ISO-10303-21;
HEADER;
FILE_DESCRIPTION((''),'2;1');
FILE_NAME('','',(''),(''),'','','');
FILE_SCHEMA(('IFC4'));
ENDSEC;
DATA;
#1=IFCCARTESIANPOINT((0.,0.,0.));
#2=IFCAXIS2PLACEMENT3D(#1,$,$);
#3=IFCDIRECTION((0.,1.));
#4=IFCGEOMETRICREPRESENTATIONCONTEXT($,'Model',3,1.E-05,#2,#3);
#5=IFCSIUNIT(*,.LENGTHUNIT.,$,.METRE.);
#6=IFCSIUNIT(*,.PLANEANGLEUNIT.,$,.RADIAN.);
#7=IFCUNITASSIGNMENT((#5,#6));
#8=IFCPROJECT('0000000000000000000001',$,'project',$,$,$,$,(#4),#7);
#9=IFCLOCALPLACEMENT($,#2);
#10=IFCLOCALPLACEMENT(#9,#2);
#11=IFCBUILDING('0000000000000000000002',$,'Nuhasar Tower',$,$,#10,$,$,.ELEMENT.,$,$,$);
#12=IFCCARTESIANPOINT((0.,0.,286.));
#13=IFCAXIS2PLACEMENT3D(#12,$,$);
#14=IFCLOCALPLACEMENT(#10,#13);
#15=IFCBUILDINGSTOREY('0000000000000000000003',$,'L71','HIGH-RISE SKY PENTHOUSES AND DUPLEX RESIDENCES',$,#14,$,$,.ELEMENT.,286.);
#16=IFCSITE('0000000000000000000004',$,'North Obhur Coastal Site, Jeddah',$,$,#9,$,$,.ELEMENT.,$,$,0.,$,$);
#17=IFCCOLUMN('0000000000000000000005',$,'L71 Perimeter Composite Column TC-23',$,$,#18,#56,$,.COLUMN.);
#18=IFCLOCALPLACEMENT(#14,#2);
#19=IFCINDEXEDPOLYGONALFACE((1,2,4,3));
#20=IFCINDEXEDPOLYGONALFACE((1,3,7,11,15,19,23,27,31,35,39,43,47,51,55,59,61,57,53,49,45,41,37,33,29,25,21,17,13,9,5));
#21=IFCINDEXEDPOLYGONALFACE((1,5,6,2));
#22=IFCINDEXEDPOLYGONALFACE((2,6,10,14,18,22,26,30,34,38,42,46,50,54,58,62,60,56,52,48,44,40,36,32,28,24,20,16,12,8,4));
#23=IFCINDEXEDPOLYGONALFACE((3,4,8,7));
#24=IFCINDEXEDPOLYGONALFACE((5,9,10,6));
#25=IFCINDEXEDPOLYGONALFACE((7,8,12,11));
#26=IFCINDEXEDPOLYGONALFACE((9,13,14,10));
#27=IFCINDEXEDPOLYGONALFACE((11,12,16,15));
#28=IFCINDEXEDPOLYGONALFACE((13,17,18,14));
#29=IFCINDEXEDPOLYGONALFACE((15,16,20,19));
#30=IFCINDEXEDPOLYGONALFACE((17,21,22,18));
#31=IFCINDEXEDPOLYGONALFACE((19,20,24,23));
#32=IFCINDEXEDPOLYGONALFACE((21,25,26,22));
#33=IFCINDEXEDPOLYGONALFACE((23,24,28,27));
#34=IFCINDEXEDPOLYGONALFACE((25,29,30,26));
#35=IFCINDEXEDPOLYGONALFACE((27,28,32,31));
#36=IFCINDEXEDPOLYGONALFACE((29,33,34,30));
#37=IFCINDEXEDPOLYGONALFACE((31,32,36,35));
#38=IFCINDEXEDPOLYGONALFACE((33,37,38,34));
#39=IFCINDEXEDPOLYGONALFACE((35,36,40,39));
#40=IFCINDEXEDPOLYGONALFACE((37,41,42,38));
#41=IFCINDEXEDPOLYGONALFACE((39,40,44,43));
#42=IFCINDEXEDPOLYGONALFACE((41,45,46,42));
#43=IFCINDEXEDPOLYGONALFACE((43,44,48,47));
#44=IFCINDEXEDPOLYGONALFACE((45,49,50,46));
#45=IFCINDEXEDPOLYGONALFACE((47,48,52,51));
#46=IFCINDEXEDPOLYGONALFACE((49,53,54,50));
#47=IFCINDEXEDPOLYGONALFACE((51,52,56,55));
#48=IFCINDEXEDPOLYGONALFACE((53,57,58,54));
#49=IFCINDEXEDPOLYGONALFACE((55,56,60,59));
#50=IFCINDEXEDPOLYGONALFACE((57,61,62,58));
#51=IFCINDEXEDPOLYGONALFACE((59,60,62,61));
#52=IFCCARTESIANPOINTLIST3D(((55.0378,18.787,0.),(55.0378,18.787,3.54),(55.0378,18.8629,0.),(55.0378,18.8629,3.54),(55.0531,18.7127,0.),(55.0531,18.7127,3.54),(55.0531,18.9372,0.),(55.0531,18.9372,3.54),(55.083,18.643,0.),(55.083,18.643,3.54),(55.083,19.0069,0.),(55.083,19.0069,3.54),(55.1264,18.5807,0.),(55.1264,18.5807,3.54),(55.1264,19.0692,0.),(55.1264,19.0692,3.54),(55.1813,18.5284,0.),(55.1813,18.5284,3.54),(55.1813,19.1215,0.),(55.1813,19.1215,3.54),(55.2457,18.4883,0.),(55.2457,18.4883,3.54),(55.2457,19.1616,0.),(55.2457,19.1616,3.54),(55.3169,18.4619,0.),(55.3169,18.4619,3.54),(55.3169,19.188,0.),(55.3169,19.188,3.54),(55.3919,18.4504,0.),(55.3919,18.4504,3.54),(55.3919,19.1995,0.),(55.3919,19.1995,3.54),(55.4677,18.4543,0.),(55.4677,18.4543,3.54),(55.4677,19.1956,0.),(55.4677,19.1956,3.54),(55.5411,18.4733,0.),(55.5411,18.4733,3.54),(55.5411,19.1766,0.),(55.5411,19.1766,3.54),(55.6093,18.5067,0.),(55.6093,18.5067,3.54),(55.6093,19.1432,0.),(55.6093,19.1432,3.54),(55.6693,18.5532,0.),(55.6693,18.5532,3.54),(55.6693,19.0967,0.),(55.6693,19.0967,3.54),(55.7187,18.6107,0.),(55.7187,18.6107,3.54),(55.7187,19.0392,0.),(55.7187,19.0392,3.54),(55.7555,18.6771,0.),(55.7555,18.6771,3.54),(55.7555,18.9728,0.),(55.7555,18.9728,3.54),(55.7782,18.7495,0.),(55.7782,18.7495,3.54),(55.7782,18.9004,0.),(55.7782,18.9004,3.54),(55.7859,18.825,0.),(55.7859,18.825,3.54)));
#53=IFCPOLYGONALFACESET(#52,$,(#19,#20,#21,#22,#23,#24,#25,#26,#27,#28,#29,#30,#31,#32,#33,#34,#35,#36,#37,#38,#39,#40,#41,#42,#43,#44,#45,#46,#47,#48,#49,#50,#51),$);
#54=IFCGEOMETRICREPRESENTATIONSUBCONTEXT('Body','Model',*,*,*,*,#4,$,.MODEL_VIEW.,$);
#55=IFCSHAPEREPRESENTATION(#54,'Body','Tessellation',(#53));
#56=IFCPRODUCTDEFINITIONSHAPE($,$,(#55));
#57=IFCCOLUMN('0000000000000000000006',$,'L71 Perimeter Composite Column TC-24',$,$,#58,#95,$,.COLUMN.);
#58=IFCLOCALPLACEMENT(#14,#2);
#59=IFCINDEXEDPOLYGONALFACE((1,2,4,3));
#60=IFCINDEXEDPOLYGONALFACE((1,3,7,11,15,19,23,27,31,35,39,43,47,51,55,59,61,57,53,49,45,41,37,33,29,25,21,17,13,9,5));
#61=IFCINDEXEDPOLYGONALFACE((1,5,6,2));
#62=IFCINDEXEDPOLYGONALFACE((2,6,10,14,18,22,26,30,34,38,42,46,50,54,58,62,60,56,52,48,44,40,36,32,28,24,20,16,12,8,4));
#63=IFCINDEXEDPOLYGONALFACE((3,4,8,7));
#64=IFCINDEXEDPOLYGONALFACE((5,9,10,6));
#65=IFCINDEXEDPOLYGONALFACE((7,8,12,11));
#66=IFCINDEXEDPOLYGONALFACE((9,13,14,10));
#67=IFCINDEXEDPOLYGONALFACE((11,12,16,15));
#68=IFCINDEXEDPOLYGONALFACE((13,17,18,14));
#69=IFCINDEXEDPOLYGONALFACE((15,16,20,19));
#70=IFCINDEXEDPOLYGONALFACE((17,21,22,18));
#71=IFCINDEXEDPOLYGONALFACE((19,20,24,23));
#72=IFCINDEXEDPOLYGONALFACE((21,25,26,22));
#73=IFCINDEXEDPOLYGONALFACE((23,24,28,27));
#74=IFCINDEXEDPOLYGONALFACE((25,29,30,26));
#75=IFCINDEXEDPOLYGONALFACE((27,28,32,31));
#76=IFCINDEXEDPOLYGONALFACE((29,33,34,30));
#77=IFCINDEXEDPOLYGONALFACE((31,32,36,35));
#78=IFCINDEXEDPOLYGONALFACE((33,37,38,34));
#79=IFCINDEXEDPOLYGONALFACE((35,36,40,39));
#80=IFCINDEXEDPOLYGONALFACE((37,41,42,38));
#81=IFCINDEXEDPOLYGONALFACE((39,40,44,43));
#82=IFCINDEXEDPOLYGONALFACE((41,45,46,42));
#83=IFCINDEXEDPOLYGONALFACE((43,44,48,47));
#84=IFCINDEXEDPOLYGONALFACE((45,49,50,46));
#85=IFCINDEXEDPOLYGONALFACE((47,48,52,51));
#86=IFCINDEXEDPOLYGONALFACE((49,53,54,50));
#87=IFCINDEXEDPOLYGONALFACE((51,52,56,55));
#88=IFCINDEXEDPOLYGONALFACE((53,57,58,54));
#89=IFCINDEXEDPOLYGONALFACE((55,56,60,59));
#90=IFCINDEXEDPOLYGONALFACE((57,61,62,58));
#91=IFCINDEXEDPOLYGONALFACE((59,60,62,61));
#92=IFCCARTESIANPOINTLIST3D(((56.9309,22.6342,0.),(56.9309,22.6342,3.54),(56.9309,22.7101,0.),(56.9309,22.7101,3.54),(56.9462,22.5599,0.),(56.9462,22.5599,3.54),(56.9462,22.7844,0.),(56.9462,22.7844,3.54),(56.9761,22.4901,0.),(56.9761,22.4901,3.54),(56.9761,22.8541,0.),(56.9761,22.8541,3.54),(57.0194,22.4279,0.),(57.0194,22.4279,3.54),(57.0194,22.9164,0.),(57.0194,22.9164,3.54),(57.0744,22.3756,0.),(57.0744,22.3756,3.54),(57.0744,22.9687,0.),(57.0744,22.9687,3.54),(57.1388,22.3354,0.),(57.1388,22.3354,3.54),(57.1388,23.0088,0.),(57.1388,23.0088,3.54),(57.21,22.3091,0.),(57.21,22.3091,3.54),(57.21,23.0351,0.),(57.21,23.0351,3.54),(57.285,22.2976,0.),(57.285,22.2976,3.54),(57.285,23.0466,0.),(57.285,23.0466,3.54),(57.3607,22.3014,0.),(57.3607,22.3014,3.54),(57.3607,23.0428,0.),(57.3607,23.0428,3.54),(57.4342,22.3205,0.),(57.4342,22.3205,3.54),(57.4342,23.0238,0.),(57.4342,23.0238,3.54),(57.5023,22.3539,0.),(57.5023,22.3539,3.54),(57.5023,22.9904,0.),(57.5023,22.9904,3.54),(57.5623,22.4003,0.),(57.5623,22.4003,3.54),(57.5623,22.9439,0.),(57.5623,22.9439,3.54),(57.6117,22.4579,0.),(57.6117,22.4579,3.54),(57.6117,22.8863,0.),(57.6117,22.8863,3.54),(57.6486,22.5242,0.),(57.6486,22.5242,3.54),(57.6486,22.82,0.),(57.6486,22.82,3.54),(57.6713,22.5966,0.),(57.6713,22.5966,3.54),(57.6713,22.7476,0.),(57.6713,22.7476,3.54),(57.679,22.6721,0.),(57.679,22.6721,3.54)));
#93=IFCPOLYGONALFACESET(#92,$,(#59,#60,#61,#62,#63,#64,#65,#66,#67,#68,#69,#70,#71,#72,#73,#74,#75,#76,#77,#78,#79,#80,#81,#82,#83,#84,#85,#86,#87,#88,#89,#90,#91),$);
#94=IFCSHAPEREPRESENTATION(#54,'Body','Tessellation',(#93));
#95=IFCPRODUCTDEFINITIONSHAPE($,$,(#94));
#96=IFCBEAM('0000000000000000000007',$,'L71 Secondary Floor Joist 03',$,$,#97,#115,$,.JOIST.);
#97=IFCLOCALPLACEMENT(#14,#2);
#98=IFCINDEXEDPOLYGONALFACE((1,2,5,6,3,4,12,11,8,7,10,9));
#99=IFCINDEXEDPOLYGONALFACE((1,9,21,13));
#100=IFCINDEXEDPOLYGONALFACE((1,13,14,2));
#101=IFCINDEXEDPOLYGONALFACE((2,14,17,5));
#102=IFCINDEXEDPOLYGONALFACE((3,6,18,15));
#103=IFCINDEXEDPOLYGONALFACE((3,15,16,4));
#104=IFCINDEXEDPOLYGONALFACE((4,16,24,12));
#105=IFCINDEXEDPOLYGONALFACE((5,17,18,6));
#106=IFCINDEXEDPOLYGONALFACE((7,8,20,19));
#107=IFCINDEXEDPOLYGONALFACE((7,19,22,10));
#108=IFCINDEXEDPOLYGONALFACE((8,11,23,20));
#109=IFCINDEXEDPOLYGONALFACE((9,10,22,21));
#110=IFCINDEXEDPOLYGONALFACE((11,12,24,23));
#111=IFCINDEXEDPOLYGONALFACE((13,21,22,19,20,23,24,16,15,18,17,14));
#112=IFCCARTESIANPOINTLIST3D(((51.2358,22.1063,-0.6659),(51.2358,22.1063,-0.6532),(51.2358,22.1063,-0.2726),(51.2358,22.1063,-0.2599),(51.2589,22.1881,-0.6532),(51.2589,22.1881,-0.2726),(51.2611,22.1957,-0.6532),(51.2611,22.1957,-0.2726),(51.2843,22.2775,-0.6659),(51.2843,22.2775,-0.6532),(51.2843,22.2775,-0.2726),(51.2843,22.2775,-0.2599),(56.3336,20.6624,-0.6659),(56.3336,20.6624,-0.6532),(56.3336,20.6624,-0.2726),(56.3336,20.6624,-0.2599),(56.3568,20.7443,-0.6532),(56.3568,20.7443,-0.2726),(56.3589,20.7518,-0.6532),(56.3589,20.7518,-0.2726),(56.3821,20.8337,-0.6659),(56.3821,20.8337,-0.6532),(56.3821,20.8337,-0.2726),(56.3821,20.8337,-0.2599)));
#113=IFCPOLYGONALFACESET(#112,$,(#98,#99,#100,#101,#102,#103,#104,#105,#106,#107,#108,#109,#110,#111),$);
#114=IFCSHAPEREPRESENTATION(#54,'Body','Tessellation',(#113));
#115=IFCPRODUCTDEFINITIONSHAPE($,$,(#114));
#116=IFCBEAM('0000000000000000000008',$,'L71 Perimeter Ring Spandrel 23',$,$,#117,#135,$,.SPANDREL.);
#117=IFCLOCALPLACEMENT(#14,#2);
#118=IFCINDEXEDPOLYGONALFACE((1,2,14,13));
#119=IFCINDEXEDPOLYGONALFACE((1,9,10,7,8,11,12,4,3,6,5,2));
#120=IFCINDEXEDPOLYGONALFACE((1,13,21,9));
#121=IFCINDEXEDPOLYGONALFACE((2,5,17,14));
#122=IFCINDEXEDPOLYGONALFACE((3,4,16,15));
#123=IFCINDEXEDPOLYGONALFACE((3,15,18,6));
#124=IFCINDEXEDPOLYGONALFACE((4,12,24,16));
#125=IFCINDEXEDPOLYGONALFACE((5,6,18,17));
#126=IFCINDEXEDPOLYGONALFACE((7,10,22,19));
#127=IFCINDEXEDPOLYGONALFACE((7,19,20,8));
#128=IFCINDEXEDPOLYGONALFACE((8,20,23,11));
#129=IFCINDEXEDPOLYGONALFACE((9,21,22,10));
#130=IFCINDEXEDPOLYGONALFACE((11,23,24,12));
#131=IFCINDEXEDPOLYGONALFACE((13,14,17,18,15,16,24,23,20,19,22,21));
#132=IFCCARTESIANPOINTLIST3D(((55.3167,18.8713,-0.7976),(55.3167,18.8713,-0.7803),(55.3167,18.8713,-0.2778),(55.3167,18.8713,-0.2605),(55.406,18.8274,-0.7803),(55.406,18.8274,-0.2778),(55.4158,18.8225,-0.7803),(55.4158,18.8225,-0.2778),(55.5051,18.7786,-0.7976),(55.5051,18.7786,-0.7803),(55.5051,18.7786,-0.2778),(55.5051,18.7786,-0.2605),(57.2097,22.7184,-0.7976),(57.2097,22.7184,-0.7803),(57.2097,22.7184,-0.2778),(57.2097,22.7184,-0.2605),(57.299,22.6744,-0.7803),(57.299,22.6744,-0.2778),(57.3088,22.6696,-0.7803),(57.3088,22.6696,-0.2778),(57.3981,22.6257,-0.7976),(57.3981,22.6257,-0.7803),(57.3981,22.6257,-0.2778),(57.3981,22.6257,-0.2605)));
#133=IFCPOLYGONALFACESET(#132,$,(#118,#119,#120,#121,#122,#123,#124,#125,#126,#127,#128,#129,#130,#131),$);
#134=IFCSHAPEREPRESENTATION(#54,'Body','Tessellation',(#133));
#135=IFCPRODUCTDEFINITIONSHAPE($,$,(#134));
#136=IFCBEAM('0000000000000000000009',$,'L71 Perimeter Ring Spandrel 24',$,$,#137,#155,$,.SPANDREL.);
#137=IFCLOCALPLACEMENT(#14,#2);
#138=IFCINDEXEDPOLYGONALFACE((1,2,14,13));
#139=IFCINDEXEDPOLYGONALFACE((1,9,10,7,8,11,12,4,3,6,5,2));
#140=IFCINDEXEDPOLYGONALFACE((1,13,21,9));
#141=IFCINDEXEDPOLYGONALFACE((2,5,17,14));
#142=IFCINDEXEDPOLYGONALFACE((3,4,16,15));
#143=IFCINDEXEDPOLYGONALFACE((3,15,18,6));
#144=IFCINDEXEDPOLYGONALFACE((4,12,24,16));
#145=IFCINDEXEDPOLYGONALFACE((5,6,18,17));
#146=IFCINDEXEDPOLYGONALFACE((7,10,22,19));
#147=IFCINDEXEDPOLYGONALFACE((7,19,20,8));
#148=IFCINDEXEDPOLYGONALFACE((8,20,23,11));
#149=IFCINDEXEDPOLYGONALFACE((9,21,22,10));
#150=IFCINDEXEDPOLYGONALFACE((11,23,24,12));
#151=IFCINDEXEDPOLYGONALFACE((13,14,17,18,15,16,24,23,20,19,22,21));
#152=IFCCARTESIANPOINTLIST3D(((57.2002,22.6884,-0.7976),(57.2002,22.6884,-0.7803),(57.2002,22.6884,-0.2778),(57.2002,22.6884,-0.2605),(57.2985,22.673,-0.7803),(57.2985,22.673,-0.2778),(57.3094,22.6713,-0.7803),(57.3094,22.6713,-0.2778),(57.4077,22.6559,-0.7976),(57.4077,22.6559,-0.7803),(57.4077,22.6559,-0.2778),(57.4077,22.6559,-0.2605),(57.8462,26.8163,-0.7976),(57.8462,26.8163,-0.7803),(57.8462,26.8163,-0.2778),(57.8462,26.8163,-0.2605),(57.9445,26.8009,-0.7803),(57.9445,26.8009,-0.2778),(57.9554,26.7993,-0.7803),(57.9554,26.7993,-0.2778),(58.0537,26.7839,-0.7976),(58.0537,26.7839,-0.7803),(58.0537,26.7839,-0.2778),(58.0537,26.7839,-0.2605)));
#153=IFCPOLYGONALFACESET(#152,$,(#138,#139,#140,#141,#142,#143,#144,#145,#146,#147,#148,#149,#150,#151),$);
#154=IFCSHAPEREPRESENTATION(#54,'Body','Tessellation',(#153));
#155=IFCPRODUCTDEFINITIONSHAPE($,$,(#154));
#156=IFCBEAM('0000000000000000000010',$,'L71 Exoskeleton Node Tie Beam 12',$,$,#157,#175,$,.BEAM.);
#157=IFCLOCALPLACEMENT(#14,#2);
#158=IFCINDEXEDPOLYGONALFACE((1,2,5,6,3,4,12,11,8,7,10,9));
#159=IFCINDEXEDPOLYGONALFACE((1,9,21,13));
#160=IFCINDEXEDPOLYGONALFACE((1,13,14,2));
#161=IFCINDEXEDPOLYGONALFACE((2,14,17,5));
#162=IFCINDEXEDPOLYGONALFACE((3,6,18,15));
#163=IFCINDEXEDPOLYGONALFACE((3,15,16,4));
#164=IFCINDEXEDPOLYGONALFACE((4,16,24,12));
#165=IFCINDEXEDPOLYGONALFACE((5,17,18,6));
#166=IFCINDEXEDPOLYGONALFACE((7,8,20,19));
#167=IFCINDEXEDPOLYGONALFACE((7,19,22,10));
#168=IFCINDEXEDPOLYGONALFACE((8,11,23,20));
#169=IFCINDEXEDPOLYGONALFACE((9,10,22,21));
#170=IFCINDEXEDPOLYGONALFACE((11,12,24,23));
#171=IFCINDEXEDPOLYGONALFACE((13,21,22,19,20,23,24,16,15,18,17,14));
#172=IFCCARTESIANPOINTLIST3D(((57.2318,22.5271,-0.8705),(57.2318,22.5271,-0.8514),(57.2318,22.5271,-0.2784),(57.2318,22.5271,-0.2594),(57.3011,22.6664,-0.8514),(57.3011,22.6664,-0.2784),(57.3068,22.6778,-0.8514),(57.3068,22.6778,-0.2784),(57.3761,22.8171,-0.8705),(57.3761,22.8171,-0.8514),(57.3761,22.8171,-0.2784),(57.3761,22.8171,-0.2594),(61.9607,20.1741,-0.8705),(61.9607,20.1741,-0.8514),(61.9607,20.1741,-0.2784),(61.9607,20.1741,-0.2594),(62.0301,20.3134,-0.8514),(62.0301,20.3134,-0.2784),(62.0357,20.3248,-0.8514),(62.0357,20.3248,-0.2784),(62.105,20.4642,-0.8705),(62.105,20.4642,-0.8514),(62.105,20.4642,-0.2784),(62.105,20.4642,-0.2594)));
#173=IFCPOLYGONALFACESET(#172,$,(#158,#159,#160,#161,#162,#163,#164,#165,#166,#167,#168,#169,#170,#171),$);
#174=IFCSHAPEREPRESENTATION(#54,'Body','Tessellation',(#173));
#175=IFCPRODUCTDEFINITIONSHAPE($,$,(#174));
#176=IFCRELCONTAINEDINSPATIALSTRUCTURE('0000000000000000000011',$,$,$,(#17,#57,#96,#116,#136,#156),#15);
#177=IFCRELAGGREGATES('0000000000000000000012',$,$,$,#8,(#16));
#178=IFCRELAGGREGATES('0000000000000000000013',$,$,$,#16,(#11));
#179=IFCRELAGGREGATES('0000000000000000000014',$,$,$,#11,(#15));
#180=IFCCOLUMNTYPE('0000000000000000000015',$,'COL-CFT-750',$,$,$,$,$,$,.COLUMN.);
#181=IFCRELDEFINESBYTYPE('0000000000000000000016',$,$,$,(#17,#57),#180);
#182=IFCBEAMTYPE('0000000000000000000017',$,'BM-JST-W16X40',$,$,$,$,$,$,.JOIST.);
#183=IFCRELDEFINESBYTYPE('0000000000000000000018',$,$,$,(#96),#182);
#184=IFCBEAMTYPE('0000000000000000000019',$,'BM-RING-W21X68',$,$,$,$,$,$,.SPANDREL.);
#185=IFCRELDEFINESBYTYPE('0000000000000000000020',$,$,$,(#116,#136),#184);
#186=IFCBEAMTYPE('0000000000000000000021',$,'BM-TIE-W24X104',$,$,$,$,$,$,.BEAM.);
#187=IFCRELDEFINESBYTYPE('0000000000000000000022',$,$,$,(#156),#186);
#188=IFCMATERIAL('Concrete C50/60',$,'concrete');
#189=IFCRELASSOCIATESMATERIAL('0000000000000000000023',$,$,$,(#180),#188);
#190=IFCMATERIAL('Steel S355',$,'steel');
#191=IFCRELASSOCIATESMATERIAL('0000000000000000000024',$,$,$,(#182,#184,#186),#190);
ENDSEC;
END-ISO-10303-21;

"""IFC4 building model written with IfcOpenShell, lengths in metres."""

from ifc_helpers import new_model, si_unit, direction, frame, origin, origin_2d, place, context, subcontext, project, spatial, circle, i_section, extrude, material, material_profile, profile_set, type_object, element, save


model = new_model("IFC4")

# Units and contexts
model_context = context("Model", 3, precision=1e-05, world=origin(), true_north=direction((0.0, 1.0)))
body_context = subcontext(model_context, "Body", "Model", "MODEL_VIEW")
ifc_project = project(units=[si_unit("LENGTHUNIT", "METRE"), si_unit("PLANEANGLEUNIT", "RADIAN")], contexts=[model_context])

# Site, building, storey
site_placement = place(None, origin())
site = spatial("IfcSite", under=ifc_project, at=site_placement, Name="North Obhur Coastal Site, Jeddah", CompositionType="ELEMENT", RefElevation=0.0)
building_placement = place(site_placement, origin())
building = spatial("IfcBuilding", under=site, at=building_placement, Name="Nuhasar Tower", CompositionType="ELEMENT")
storey_placement = place(building_placement, frame((0.0, 0.0, 286.0)))
storey = spatial("IfcBuildingStorey", under=building, at=storey_placement, Name="L71", Description="HIGH-RISE SKY PENTHOUSES AND DUPLEX RESIDENCES", CompositionType="ELEMENT", Elevation=286.0)

# Columns
ifc_material_1 = material(Name="Concrete C50/60", Category="concrete")
ifc_material_profile_1 = material_profile(ifc_material_1, circle(Radius=0.375, at=origin_2d()), Name="CFT750")
ifc_profile_set_1 = profile_set([ifc_material_profile_1], Name="Concrete C50/60")
column_type = type_object("IfcColumnType", Name="COL-CFT-750", PredefinedType="COLUMN", material=ifc_profile_set_1)
for number, where, z_axis, x_axis, name in (
    (1, (55.4109, 18.825, 0.0), (0.0, 0.0, 1.0), (1.0, 0.0, 0.0), "L71 Perimeter Composite Column TC-23"),
    (2, (57.304, 22.6721, 0.0), (0.0, 0.0, 1.0), (1.0, 0.0, 0.0), "L71 Perimeter Composite Column TC-24"),
):
    element("IfcColumn", number, at=place(storey_placement, frame(where, z_axis=z_axis, x_axis=x_axis)), inside=storey, type_object=column_type, Name=name, PredefinedType="COLUMN", context=body_context, shape_type="SweptSolid", body=[
        extrude(circle(Radius=0.375, at=origin_2d()), origin(), (0.0, 0.0, 1.0), 3.54),
    ])

# Beams
ifc_material_2 = material(Name="Steel S355", Category="steel")
ifc_material_profile_2 = material_profile(ifc_material_2, i_section(OverallWidth=0.178, OverallDepth=0.406, WebThickness=0.0078, FlangeThickness=0.0127, at=origin_2d()), Name="W16X40")
ifc_profile_set_2 = profile_set([ifc_material_profile_2], Name="Steel S355")
beam_type_1 = type_object("IfcBeamType", Name="BM-JST-W16X40", PredefinedType="JOIST", material=ifc_profile_set_2)
beam_1_placement = place(storey_placement, frame((51.26, 22.1919, -0.4629), z_axis=(0.962154, -0.272505, 0.0), x_axis=(0.272505, 0.962154, 0.0)))
element("IfcBeam", 3, at=beam_1_placement, inside=storey, type_object=beam_type_1, Name="L71 Secondary Floor Joist 03", PredefinedType="JOIST", context=body_context, shape_type="SweptSolid", body=[
    extrude(i_section(OverallWidth=0.178, OverallDepth=0.406, WebThickness=0.0078, FlangeThickness=0.0127, at=origin_2d()), origin(), (0.0, 0.0, 1.0), 5.2983),
])
ifc_material_profile_3 = material_profile(ifc_material_2, i_section(OverallWidth=0.21, OverallDepth=0.5371, WebThickness=0.011, FlangeThickness=0.0173, at=origin_2d()), Name="W21X68")
ifc_profile_set_3 = profile_set([ifc_material_profile_3], Name="Steel S355")
beam_type_2 = type_object("IfcBeamType", Name="BM-RING-W21X68", PredefinedType="SPANDREL", material=ifc_profile_set_3)
beam_2_placement = place(storey_placement, frame((55.4109, 18.825, -0.5291), z_axis=(0.441511, 0.897256, 0.0), x_axis=(-0.897256, 0.441511, 0.0)))
element("IfcBeam", 4, at=beam_2_placement, inside=storey, type_object=beam_type_2, Name="L71 Perimeter Ring Spandrel 23", PredefinedType="SPANDREL", context=body_context, shape_type="SweptSolid", body=[
    extrude(i_section(OverallWidth=0.21, OverallDepth=0.5371, WebThickness=0.011, FlangeThickness=0.0173, at=origin_2d()), origin(), (0.0, 0.0, 1.0), 4.2876),
])
beam_3_placement = place(storey_placement, frame((57.304, 22.6721, -0.5291), z_axis=(0.154612, 0.987975, 0.0), x_axis=(-0.987975, 0.154612, 0.0)))
element("IfcBeam", 5, at=beam_3_placement, inside=storey, type_object=beam_type_2, Name="L71 Perimeter Ring Spandrel 24", PredefinedType="SPANDREL", context=body_context, shape_type="SweptSolid", body=[
    extrude(i_section(OverallWidth=0.21, OverallDepth=0.5371, WebThickness=0.011, FlangeThickness=0.0173, at=origin_2d()), origin(), (0.0, 0.0, 1.0), 4.1782),
])
ifc_material_profile_4 = material_profile(ifc_material_2, i_section(OverallWidth=0.324, OverallDepth=0.6111, WebThickness=0.0127, FlangeThickness=0.019, at=origin_2d()), Name="W24X104")
ifc_profile_set_4 = profile_set([ifc_material_profile_4], Name="Steel S355")
beam_type_3 = type_object("IfcBeamType", Name="BM-TIE-W24X104", PredefinedType="BEAM", material=ifc_profile_set_4)
beam_4_placement = place(storey_placement, frame((57.304, 22.6721, -0.5649), z_axis=(0.895294, -0.445475, 0.0), x_axis=(0.445475, 0.895294, 0.0)))
element("IfcBeam", 6, at=beam_4_placement, inside=storey, type_object=beam_type_3, Name="L71 Exoskeleton Node Tie Beam 12", PredefinedType="BEAM", context=body_context, shape_type="SweptSolid", body=[
    extrude(i_section(OverallWidth=0.324, OverallDepth=0.6111, WebThickness=0.0127, FlangeThickness=0.019, at=origin_2d()), origin(), (0.0, 0.0, 1.0), 5.282),
])

save(model, "model.ifc")
